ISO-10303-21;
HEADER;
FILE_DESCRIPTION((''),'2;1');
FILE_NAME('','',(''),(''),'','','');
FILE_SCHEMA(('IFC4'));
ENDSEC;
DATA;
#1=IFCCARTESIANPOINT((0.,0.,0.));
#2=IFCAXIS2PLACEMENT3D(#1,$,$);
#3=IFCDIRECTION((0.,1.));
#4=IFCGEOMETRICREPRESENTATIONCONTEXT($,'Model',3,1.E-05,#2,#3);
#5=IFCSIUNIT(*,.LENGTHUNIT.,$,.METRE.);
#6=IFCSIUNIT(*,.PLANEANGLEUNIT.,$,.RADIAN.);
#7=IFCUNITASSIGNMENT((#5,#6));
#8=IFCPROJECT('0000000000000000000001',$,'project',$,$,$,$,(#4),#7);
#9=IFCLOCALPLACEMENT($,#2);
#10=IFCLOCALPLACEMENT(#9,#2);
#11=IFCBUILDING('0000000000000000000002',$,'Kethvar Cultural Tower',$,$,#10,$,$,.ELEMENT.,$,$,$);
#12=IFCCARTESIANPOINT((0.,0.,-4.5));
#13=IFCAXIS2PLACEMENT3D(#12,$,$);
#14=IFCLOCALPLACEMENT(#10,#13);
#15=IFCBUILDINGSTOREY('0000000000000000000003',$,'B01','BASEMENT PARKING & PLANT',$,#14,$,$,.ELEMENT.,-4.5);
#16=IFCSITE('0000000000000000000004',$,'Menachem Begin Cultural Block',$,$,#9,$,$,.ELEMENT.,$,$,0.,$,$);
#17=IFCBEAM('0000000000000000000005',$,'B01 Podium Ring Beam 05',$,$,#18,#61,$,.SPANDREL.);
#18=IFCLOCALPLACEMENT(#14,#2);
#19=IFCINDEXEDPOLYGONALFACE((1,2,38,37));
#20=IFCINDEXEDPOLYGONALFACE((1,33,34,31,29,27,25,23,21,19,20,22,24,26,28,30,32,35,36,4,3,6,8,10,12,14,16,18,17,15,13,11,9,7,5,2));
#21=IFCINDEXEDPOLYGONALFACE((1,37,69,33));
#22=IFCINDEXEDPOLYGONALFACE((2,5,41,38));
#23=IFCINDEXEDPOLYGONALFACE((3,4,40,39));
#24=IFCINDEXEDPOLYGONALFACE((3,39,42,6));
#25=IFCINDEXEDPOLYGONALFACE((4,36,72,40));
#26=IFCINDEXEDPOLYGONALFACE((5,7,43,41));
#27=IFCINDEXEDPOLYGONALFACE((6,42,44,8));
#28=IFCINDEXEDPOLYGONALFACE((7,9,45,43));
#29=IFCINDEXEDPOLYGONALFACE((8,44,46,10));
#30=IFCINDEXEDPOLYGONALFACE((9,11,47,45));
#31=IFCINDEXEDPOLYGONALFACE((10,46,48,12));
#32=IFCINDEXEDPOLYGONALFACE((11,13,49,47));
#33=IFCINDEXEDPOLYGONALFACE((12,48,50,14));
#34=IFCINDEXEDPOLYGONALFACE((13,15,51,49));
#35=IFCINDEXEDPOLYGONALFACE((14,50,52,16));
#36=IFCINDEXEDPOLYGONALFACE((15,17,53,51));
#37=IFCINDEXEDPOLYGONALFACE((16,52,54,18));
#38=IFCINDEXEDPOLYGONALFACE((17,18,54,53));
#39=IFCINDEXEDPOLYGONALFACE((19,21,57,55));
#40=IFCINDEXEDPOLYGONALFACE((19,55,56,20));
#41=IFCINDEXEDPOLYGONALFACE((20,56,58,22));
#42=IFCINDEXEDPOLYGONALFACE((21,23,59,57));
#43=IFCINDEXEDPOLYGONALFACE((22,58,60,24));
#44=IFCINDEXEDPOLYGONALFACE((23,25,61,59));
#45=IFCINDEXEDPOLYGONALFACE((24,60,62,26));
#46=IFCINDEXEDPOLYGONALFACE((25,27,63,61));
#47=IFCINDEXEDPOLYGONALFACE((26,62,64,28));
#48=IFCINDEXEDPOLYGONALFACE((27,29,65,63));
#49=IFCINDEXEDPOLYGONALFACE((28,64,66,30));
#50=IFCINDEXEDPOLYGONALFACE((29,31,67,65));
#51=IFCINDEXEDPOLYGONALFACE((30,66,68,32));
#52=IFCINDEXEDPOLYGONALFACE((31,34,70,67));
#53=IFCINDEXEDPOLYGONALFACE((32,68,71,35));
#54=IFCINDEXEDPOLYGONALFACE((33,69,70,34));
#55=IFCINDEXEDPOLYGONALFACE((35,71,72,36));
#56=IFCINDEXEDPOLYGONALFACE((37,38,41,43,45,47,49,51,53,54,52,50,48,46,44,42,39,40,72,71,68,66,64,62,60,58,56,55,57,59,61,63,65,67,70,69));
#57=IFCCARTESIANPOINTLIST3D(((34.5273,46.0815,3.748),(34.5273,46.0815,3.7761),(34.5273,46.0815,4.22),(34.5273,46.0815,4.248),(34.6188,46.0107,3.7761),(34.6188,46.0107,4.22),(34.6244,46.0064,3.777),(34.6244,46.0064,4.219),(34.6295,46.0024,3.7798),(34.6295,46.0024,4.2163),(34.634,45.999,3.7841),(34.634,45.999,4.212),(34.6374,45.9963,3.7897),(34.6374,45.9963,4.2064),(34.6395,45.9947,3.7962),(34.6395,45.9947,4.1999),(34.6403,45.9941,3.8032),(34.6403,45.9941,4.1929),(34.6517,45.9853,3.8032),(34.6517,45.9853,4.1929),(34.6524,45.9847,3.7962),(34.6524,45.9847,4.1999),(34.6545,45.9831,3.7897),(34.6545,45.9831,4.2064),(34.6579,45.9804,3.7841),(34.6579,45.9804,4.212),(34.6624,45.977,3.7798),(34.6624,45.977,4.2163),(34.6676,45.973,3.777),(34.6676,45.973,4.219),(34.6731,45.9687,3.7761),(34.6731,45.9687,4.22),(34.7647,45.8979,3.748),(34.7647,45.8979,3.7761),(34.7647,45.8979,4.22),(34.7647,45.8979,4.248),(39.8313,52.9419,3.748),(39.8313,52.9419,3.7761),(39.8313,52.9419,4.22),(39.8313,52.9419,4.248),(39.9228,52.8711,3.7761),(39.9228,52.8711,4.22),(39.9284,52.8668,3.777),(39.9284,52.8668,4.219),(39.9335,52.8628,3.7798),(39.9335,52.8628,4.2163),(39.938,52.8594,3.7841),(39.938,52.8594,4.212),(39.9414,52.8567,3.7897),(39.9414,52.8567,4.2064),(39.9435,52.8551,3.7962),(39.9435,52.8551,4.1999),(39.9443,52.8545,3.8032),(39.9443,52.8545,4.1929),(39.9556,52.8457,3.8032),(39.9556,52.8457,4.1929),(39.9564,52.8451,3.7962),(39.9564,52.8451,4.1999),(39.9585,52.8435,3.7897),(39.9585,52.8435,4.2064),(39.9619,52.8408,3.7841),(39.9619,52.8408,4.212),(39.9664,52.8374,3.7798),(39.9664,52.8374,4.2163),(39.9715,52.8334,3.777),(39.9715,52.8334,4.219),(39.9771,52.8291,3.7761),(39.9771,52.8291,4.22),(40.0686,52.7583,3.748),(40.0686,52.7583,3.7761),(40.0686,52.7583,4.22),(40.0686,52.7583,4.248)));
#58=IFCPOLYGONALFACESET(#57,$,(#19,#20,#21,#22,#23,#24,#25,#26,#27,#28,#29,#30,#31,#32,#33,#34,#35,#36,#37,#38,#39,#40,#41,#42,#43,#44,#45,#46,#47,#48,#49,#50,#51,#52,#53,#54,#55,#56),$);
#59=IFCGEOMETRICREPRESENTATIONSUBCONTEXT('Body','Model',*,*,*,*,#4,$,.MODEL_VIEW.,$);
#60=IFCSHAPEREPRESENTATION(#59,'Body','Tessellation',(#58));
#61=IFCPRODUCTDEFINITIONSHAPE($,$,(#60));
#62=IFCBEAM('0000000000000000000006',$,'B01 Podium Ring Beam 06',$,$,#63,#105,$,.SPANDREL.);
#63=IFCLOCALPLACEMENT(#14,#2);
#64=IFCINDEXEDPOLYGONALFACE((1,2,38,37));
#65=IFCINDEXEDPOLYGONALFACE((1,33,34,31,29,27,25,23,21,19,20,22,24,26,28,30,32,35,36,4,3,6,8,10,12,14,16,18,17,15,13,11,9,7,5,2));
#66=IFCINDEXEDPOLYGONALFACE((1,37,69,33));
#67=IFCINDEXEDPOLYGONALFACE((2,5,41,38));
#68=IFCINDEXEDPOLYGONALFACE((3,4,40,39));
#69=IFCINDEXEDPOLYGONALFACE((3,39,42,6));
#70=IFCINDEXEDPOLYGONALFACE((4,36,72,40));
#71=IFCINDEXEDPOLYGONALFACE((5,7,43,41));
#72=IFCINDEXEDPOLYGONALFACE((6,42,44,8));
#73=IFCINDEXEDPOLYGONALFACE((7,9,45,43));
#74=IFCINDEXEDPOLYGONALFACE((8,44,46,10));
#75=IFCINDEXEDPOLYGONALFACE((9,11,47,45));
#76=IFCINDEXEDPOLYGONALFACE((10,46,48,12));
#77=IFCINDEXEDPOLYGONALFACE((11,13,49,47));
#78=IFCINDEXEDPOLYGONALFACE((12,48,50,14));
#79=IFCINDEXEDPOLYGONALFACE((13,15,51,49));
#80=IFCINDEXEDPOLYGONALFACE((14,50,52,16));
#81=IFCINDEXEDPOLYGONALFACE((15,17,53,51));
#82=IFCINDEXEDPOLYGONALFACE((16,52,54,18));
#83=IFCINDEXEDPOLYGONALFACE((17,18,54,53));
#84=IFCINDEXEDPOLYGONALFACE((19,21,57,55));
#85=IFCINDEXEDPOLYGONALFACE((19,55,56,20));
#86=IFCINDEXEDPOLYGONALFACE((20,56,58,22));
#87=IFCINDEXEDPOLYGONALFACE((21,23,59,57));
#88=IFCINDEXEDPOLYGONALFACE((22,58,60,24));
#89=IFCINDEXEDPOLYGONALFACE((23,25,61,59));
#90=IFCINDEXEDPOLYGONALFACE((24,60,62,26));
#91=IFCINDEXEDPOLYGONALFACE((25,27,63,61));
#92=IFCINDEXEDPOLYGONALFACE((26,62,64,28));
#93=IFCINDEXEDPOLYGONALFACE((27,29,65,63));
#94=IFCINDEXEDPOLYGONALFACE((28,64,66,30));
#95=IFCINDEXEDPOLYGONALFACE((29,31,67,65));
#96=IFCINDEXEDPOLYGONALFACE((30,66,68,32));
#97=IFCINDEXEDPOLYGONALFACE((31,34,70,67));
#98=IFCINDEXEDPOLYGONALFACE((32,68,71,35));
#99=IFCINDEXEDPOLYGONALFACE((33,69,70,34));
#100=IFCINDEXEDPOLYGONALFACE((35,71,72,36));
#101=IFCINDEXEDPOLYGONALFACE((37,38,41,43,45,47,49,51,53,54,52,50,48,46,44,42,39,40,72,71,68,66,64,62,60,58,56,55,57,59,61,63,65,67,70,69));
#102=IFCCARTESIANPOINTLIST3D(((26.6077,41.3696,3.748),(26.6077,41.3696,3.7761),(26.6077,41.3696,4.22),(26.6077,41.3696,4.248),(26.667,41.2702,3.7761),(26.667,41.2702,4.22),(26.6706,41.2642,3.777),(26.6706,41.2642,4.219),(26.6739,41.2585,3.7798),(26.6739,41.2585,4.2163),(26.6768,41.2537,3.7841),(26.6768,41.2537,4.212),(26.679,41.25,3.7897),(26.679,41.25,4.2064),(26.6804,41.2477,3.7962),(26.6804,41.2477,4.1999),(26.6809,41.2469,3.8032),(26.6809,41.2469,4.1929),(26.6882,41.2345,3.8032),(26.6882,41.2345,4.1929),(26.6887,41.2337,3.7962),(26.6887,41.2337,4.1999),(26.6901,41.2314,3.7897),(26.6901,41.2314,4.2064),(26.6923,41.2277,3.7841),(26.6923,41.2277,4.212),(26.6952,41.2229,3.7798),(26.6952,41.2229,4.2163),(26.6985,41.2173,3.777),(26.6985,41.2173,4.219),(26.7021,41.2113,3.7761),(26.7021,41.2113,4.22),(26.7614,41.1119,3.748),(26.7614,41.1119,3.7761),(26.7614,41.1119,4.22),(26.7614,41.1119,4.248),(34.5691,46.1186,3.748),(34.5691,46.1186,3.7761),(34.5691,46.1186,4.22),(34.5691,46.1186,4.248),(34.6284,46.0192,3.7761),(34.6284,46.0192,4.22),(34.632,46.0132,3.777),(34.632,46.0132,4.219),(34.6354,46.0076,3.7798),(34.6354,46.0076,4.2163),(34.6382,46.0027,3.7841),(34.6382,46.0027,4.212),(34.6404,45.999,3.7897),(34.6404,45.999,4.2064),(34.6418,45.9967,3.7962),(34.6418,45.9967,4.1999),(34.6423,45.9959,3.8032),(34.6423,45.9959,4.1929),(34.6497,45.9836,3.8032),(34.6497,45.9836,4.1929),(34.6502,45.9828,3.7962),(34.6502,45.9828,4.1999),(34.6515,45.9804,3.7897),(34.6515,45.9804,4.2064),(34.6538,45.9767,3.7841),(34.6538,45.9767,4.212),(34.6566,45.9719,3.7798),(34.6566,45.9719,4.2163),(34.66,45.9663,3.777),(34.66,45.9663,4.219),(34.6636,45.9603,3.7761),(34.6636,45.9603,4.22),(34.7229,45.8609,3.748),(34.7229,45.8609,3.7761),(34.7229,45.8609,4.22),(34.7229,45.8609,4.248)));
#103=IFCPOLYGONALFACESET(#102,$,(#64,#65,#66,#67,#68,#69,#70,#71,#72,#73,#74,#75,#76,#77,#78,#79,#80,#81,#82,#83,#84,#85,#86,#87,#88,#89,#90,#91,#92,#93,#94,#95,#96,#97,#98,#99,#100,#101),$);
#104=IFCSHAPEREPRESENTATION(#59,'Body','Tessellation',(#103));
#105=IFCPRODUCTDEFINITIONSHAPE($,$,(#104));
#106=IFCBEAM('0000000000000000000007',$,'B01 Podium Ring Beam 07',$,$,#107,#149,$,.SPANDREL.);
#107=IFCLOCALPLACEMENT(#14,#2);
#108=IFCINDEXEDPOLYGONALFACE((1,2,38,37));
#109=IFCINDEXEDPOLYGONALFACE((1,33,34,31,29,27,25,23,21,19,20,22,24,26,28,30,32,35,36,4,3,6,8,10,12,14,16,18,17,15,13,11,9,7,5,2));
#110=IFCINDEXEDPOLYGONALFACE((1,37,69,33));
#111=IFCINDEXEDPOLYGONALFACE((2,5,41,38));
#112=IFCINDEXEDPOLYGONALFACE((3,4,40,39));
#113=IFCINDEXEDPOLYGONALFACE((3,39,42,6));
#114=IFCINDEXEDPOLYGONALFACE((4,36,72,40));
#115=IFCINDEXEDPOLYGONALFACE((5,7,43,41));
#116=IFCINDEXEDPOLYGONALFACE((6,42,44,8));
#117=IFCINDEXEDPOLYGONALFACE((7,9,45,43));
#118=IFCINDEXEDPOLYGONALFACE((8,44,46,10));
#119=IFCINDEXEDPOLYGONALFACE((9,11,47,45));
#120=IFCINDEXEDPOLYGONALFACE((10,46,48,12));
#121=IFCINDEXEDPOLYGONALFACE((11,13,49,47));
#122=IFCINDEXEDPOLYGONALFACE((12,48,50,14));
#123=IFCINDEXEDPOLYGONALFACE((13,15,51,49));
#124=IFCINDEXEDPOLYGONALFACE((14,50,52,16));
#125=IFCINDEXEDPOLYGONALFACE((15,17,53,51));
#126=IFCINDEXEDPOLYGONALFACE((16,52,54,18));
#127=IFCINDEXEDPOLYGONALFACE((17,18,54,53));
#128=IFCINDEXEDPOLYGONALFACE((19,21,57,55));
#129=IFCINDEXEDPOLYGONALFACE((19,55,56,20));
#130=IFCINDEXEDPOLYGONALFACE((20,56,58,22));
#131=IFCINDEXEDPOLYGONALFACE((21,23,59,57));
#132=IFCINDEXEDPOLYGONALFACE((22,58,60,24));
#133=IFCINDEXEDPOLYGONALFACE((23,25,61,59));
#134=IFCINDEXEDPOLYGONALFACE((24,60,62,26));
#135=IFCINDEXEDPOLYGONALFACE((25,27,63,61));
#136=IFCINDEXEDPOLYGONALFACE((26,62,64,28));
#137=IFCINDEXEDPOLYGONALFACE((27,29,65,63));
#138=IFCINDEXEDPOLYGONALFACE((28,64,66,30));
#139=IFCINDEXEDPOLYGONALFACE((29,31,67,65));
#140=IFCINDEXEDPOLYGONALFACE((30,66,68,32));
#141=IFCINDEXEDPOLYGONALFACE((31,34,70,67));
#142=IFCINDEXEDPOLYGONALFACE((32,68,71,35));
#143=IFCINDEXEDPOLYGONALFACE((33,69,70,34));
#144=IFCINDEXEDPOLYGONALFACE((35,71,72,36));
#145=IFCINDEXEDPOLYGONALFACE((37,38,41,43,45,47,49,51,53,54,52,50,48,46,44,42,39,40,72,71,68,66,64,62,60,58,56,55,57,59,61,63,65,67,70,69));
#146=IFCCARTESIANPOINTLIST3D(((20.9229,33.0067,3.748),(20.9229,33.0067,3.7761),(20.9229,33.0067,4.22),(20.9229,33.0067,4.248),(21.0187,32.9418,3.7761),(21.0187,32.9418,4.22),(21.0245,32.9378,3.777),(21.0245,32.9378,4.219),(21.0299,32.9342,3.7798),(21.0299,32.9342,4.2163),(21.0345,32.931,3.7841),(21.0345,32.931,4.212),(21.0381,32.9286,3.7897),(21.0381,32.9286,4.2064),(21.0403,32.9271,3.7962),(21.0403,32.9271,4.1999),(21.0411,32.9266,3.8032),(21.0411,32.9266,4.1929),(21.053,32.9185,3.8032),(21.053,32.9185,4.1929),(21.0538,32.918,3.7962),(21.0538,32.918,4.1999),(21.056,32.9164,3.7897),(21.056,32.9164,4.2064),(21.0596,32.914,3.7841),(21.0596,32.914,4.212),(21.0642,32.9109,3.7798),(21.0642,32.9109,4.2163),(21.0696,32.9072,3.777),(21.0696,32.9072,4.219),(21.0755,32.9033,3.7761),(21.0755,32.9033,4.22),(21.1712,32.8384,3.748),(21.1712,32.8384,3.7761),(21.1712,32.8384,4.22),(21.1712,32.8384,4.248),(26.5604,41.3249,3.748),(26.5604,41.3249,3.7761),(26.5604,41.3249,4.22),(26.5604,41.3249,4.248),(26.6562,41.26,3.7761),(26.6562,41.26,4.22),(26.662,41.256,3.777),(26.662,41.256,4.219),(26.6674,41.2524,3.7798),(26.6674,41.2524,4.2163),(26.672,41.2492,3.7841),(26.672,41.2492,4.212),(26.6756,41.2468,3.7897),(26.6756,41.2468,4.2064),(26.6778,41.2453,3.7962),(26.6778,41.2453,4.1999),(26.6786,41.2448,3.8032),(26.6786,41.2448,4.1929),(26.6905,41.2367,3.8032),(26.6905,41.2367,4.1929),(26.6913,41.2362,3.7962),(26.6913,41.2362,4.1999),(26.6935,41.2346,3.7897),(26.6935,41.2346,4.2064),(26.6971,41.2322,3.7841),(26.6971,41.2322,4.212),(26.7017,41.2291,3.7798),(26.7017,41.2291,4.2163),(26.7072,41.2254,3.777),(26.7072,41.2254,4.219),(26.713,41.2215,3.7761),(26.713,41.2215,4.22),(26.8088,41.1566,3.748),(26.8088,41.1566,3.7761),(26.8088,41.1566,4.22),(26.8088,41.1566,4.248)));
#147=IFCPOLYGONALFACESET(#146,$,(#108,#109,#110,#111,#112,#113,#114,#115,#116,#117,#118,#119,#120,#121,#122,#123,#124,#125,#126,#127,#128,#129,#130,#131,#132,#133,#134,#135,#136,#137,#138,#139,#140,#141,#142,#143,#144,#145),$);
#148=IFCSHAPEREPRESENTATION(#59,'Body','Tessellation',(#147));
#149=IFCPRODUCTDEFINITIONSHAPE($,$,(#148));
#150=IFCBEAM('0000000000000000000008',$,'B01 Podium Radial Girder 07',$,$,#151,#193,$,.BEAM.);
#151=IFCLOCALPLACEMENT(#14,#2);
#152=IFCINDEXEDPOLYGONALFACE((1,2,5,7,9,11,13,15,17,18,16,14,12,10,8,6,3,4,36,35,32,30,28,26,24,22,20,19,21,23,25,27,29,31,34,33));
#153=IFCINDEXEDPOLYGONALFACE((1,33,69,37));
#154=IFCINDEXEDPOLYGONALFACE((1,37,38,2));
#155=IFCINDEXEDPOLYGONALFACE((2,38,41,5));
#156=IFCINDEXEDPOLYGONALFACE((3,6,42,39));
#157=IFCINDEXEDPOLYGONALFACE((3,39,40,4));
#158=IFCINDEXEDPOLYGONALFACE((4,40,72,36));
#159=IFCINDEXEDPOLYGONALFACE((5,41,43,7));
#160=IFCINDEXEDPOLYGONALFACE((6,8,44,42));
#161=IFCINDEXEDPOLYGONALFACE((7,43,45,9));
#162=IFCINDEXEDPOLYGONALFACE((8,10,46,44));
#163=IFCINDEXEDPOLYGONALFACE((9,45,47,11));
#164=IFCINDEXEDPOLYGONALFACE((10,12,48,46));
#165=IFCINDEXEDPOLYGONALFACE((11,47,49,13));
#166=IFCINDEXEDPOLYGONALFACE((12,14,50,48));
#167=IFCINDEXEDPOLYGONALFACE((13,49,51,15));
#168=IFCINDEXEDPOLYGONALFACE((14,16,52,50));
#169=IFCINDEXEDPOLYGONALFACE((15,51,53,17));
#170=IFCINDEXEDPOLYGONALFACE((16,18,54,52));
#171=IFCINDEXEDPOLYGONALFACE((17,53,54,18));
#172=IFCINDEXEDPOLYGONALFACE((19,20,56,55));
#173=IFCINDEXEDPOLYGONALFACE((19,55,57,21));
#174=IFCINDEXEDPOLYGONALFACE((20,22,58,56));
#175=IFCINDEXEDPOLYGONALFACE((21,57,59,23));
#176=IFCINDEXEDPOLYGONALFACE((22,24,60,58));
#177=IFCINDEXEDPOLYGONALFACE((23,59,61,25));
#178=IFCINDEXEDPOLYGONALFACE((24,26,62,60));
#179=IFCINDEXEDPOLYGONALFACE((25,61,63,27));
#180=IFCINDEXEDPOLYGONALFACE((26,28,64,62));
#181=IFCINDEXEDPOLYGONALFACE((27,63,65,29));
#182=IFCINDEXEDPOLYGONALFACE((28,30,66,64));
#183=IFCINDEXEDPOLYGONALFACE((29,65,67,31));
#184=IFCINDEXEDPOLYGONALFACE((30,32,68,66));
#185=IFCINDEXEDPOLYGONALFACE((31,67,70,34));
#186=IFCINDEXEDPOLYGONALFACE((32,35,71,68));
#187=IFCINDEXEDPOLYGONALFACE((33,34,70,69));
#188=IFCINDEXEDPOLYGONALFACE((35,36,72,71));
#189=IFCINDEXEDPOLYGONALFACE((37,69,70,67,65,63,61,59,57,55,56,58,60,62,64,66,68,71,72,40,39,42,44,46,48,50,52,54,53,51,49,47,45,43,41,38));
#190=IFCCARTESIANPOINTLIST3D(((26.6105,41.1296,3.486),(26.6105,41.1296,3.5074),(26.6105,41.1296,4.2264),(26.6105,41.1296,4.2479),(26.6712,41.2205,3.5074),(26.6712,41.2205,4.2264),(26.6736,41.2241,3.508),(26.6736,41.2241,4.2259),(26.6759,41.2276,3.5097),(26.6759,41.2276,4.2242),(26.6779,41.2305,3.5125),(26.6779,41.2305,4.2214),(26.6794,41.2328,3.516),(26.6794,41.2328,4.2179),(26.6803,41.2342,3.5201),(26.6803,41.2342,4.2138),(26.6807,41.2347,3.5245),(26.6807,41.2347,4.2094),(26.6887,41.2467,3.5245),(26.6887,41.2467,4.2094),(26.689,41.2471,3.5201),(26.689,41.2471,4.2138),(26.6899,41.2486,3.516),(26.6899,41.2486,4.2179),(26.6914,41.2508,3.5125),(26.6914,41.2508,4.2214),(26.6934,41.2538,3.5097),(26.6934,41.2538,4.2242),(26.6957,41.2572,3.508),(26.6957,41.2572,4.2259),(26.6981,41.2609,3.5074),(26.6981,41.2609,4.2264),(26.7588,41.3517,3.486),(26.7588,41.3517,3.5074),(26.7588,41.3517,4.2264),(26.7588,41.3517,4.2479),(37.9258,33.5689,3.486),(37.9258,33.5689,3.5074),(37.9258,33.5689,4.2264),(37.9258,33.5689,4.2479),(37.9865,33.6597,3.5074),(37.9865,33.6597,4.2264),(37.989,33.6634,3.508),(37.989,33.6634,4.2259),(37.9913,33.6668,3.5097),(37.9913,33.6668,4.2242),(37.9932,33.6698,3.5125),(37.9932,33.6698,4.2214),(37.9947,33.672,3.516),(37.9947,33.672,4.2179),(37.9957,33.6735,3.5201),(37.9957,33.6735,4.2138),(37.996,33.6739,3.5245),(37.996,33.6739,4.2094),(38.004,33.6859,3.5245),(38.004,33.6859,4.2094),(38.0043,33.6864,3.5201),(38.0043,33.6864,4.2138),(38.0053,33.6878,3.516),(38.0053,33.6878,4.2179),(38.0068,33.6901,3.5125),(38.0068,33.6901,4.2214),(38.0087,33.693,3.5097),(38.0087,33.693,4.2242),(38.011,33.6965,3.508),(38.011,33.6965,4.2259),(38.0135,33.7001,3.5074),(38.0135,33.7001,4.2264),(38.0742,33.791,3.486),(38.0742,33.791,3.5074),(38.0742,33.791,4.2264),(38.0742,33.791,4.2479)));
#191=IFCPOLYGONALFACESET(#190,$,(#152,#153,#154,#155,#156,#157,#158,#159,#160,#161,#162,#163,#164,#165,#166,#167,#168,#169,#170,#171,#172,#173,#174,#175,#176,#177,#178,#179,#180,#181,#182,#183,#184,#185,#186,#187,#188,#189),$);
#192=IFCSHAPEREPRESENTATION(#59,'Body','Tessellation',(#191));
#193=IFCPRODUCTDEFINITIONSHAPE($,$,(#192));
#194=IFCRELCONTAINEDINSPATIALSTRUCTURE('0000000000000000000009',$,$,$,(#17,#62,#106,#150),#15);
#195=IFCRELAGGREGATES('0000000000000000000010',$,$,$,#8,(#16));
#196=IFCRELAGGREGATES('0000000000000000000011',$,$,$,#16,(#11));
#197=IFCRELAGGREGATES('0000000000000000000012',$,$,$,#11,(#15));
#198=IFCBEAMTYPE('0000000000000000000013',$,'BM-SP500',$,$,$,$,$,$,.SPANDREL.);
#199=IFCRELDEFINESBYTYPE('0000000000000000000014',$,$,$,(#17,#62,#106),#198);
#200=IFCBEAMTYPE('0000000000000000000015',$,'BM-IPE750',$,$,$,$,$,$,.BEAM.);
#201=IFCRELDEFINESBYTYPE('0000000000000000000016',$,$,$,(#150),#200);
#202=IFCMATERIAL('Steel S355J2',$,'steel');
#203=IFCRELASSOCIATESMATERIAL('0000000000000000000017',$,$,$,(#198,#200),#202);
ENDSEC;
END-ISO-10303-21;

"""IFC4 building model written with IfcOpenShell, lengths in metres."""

from ifc_helpers import new_model, si_unit, direction, frame, origin, origin_2d, place, context, subcontext, project, spatial, i_section, extrude, source, transform, mapped, material, material_profile, profile_set, type_object, element, save


model = new_model("IFC4")

# Units and contexts
model_context = context("Model", 3, precision=1e-05, world=origin(), true_north=direction((0.0, 1.0)))
body_context = subcontext(model_context, "Body", "Model", "MODEL_VIEW")
ifc_project = project(units=[si_unit("LENGTHUNIT", "METRE"), si_unit("PLANEANGLEUNIT", "RADIAN")], contexts=[model_context])

# Site, building, storey
site_placement = place(None, origin())
site = spatial("IfcSite", under=ifc_project, at=site_placement, Name="Menachem Begin Cultural Block", CompositionType="ELEMENT", RefElevation=0.0)
building_placement = place(site_placement, origin())
building = spatial("IfcBuilding", under=site, at=building_placement, Name="Kethvar Cultural Tower", CompositionType="ELEMENT")
storey_placement = place(building_placement, frame((0.0, 0.0, -4.5)))
storey = spatial("IfcBuildingStorey", under=building, at=storey_placement, Name="B01", Description="BASEMENT PARKING & PLANT", CompositionType="ELEMENT", Elevation=-4.5)

# Beams
ifc_material_1 = material(Name="Steel S355J2", Category="steel")
ifc_material_profile_1 = material_profile(ifc_material_1, i_section(OverallWidth=0.3, OverallDepth=0.5, WebThickness=0.0144, FlangeThickness=0.0281, FilletRadius=0.0271, at=origin_2d()), Name="Steel S355J2 — HEB500")
ifc_profile_set_1 = profile_set([ifc_material_profile_1], Name="Steel S355J2 — HEB500")
beam_type_1 = type_object("IfcBeamType", Name="BM-SP500", PredefinedType="SPANDREL", material=ifc_profile_set_1)
shared_shape_1 = source(origin(), body_context, "Body", "SweptSolid", [
    extrude(i_section(OverallWidth=0.3, OverallDepth=0.5, WebThickness=0.0144, FlangeThickness=0.0281, FilletRadius=0.0271, at=origin_2d()), origin(), (0.0, 0.0, 1.0), 8.6716),
])
beam_1_placement = place(storey_placement, frame((39.95, 52.8501, 3.998), z_axis=(-0.611648, -0.79113, 0.0), x_axis=(0.79113, -0.611648, 0.0)))
element("IfcBeam", 1, at=beam_1_placement, inside=storey, type_object=beam_type_1, Name="B01 Podium Ring Beam 05", PredefinedType="SPANDREL", context=body_context, shape_type="MappedRepresentation", body=[
    mapped(shared_shape_1, transform((0.0, 0.0, 0.0), scale=1.0)),
])
shared_shape_2 = source(origin(), body_context, "Body", "SweptSolid", [
    extrude(i_section(OverallWidth=0.3, OverallDepth=0.5, WebThickness=0.0144, FlangeThickness=0.0281, FilletRadius=0.0271, at=origin_2d()), origin(), (0.0, 0.0, 1.0), 9.2703),
])
beam_2_placement = place(storey_placement, frame((34.646, 45.9897, 3.998), z_axis=(-0.858815, -0.512286, 0.0), x_axis=(0.512286, -0.858815, 0.0)))
element("IfcBeam", 2, at=beam_2_placement, inside=storey, type_object=beam_type_1, Name="B01 Podium Ring Beam 06", PredefinedType="SPANDREL", context=body_context, shape_type="MappedRepresentation", body=[
    mapped(shared_shape_2, transform((0.0, 0.0, 0.0), scale=1.0)),
])
shared_shape_3 = source(origin(), body_context, "Body", "SweptSolid", [
    extrude(i_section(OverallWidth=0.3, OverallDepth=0.5, WebThickness=0.0144, FlangeThickness=0.0281, FilletRadius=0.0271, at=origin_2d()), origin(), (0.0, 0.0, 1.0), 10.0486),
])
beam_3_placement = place(storey_placement, frame((26.6846, 41.2407, 3.998), z_axis=(-0.561025, -0.827799, 0.0), x_axis=(0.827799, -0.561025, 0.0)))
element("IfcBeam", 3, at=beam_3_placement, inside=storey, type_object=beam_type_1, Name="B01 Podium Ring Beam 07", PredefinedType="SPANDREL", context=body_context, shape_type="MappedRepresentation", body=[
    mapped(shared_shape_3, transform((0.0, 0.0, 0.0), scale=1.0)),
])
ifc_material_profile_2 = material_profile(ifc_material_1, i_section(OverallWidth=0.2671, OverallDepth=0.762, WebThickness=0.0144, FlangeThickness=0.0215, FilletRadius=0.0171, at=origin_2d()), Name="Steel S355J2 — IPE750x173")
ifc_profile_set_2 = profile_set([ifc_material_profile_2], Name="Steel S355J2 — IPE750x173")
beam_type_2 = type_object("IfcBeamType", Name="BM-IPE750", PredefinedType="BEAM", material=ifc_profile_set_2)
shared_shape_4 = source(origin(), body_context, "Body", "SweptSolid", [
    extrude(i_section(OverallWidth=0.2671, OverallDepth=0.762, WebThickness=0.0144, FlangeThickness=0.0215, FilletRadius=0.0171, at=origin_2d()), origin(), (0.0, 0.0, 1.0), 13.6089),
])
beam_4_placement = place(storey_placement, frame((38.0, 33.6799, 3.8669), z_axis=(-0.831467, 0.555573, 0.0), x_axis=(-0.555573, -0.831467, 0.0)))
element("IfcBeam", 4, at=beam_4_placement, inside=storey, type_object=beam_type_2, Name="B01 Podium Radial Girder 07", PredefinedType="BEAM", context=body_context, shape_type="MappedRepresentation", body=[
    mapped(shared_shape_4, transform((0.0, 0.0, 0.0), scale=1.0)),
])

save(model, "model.ifc")
